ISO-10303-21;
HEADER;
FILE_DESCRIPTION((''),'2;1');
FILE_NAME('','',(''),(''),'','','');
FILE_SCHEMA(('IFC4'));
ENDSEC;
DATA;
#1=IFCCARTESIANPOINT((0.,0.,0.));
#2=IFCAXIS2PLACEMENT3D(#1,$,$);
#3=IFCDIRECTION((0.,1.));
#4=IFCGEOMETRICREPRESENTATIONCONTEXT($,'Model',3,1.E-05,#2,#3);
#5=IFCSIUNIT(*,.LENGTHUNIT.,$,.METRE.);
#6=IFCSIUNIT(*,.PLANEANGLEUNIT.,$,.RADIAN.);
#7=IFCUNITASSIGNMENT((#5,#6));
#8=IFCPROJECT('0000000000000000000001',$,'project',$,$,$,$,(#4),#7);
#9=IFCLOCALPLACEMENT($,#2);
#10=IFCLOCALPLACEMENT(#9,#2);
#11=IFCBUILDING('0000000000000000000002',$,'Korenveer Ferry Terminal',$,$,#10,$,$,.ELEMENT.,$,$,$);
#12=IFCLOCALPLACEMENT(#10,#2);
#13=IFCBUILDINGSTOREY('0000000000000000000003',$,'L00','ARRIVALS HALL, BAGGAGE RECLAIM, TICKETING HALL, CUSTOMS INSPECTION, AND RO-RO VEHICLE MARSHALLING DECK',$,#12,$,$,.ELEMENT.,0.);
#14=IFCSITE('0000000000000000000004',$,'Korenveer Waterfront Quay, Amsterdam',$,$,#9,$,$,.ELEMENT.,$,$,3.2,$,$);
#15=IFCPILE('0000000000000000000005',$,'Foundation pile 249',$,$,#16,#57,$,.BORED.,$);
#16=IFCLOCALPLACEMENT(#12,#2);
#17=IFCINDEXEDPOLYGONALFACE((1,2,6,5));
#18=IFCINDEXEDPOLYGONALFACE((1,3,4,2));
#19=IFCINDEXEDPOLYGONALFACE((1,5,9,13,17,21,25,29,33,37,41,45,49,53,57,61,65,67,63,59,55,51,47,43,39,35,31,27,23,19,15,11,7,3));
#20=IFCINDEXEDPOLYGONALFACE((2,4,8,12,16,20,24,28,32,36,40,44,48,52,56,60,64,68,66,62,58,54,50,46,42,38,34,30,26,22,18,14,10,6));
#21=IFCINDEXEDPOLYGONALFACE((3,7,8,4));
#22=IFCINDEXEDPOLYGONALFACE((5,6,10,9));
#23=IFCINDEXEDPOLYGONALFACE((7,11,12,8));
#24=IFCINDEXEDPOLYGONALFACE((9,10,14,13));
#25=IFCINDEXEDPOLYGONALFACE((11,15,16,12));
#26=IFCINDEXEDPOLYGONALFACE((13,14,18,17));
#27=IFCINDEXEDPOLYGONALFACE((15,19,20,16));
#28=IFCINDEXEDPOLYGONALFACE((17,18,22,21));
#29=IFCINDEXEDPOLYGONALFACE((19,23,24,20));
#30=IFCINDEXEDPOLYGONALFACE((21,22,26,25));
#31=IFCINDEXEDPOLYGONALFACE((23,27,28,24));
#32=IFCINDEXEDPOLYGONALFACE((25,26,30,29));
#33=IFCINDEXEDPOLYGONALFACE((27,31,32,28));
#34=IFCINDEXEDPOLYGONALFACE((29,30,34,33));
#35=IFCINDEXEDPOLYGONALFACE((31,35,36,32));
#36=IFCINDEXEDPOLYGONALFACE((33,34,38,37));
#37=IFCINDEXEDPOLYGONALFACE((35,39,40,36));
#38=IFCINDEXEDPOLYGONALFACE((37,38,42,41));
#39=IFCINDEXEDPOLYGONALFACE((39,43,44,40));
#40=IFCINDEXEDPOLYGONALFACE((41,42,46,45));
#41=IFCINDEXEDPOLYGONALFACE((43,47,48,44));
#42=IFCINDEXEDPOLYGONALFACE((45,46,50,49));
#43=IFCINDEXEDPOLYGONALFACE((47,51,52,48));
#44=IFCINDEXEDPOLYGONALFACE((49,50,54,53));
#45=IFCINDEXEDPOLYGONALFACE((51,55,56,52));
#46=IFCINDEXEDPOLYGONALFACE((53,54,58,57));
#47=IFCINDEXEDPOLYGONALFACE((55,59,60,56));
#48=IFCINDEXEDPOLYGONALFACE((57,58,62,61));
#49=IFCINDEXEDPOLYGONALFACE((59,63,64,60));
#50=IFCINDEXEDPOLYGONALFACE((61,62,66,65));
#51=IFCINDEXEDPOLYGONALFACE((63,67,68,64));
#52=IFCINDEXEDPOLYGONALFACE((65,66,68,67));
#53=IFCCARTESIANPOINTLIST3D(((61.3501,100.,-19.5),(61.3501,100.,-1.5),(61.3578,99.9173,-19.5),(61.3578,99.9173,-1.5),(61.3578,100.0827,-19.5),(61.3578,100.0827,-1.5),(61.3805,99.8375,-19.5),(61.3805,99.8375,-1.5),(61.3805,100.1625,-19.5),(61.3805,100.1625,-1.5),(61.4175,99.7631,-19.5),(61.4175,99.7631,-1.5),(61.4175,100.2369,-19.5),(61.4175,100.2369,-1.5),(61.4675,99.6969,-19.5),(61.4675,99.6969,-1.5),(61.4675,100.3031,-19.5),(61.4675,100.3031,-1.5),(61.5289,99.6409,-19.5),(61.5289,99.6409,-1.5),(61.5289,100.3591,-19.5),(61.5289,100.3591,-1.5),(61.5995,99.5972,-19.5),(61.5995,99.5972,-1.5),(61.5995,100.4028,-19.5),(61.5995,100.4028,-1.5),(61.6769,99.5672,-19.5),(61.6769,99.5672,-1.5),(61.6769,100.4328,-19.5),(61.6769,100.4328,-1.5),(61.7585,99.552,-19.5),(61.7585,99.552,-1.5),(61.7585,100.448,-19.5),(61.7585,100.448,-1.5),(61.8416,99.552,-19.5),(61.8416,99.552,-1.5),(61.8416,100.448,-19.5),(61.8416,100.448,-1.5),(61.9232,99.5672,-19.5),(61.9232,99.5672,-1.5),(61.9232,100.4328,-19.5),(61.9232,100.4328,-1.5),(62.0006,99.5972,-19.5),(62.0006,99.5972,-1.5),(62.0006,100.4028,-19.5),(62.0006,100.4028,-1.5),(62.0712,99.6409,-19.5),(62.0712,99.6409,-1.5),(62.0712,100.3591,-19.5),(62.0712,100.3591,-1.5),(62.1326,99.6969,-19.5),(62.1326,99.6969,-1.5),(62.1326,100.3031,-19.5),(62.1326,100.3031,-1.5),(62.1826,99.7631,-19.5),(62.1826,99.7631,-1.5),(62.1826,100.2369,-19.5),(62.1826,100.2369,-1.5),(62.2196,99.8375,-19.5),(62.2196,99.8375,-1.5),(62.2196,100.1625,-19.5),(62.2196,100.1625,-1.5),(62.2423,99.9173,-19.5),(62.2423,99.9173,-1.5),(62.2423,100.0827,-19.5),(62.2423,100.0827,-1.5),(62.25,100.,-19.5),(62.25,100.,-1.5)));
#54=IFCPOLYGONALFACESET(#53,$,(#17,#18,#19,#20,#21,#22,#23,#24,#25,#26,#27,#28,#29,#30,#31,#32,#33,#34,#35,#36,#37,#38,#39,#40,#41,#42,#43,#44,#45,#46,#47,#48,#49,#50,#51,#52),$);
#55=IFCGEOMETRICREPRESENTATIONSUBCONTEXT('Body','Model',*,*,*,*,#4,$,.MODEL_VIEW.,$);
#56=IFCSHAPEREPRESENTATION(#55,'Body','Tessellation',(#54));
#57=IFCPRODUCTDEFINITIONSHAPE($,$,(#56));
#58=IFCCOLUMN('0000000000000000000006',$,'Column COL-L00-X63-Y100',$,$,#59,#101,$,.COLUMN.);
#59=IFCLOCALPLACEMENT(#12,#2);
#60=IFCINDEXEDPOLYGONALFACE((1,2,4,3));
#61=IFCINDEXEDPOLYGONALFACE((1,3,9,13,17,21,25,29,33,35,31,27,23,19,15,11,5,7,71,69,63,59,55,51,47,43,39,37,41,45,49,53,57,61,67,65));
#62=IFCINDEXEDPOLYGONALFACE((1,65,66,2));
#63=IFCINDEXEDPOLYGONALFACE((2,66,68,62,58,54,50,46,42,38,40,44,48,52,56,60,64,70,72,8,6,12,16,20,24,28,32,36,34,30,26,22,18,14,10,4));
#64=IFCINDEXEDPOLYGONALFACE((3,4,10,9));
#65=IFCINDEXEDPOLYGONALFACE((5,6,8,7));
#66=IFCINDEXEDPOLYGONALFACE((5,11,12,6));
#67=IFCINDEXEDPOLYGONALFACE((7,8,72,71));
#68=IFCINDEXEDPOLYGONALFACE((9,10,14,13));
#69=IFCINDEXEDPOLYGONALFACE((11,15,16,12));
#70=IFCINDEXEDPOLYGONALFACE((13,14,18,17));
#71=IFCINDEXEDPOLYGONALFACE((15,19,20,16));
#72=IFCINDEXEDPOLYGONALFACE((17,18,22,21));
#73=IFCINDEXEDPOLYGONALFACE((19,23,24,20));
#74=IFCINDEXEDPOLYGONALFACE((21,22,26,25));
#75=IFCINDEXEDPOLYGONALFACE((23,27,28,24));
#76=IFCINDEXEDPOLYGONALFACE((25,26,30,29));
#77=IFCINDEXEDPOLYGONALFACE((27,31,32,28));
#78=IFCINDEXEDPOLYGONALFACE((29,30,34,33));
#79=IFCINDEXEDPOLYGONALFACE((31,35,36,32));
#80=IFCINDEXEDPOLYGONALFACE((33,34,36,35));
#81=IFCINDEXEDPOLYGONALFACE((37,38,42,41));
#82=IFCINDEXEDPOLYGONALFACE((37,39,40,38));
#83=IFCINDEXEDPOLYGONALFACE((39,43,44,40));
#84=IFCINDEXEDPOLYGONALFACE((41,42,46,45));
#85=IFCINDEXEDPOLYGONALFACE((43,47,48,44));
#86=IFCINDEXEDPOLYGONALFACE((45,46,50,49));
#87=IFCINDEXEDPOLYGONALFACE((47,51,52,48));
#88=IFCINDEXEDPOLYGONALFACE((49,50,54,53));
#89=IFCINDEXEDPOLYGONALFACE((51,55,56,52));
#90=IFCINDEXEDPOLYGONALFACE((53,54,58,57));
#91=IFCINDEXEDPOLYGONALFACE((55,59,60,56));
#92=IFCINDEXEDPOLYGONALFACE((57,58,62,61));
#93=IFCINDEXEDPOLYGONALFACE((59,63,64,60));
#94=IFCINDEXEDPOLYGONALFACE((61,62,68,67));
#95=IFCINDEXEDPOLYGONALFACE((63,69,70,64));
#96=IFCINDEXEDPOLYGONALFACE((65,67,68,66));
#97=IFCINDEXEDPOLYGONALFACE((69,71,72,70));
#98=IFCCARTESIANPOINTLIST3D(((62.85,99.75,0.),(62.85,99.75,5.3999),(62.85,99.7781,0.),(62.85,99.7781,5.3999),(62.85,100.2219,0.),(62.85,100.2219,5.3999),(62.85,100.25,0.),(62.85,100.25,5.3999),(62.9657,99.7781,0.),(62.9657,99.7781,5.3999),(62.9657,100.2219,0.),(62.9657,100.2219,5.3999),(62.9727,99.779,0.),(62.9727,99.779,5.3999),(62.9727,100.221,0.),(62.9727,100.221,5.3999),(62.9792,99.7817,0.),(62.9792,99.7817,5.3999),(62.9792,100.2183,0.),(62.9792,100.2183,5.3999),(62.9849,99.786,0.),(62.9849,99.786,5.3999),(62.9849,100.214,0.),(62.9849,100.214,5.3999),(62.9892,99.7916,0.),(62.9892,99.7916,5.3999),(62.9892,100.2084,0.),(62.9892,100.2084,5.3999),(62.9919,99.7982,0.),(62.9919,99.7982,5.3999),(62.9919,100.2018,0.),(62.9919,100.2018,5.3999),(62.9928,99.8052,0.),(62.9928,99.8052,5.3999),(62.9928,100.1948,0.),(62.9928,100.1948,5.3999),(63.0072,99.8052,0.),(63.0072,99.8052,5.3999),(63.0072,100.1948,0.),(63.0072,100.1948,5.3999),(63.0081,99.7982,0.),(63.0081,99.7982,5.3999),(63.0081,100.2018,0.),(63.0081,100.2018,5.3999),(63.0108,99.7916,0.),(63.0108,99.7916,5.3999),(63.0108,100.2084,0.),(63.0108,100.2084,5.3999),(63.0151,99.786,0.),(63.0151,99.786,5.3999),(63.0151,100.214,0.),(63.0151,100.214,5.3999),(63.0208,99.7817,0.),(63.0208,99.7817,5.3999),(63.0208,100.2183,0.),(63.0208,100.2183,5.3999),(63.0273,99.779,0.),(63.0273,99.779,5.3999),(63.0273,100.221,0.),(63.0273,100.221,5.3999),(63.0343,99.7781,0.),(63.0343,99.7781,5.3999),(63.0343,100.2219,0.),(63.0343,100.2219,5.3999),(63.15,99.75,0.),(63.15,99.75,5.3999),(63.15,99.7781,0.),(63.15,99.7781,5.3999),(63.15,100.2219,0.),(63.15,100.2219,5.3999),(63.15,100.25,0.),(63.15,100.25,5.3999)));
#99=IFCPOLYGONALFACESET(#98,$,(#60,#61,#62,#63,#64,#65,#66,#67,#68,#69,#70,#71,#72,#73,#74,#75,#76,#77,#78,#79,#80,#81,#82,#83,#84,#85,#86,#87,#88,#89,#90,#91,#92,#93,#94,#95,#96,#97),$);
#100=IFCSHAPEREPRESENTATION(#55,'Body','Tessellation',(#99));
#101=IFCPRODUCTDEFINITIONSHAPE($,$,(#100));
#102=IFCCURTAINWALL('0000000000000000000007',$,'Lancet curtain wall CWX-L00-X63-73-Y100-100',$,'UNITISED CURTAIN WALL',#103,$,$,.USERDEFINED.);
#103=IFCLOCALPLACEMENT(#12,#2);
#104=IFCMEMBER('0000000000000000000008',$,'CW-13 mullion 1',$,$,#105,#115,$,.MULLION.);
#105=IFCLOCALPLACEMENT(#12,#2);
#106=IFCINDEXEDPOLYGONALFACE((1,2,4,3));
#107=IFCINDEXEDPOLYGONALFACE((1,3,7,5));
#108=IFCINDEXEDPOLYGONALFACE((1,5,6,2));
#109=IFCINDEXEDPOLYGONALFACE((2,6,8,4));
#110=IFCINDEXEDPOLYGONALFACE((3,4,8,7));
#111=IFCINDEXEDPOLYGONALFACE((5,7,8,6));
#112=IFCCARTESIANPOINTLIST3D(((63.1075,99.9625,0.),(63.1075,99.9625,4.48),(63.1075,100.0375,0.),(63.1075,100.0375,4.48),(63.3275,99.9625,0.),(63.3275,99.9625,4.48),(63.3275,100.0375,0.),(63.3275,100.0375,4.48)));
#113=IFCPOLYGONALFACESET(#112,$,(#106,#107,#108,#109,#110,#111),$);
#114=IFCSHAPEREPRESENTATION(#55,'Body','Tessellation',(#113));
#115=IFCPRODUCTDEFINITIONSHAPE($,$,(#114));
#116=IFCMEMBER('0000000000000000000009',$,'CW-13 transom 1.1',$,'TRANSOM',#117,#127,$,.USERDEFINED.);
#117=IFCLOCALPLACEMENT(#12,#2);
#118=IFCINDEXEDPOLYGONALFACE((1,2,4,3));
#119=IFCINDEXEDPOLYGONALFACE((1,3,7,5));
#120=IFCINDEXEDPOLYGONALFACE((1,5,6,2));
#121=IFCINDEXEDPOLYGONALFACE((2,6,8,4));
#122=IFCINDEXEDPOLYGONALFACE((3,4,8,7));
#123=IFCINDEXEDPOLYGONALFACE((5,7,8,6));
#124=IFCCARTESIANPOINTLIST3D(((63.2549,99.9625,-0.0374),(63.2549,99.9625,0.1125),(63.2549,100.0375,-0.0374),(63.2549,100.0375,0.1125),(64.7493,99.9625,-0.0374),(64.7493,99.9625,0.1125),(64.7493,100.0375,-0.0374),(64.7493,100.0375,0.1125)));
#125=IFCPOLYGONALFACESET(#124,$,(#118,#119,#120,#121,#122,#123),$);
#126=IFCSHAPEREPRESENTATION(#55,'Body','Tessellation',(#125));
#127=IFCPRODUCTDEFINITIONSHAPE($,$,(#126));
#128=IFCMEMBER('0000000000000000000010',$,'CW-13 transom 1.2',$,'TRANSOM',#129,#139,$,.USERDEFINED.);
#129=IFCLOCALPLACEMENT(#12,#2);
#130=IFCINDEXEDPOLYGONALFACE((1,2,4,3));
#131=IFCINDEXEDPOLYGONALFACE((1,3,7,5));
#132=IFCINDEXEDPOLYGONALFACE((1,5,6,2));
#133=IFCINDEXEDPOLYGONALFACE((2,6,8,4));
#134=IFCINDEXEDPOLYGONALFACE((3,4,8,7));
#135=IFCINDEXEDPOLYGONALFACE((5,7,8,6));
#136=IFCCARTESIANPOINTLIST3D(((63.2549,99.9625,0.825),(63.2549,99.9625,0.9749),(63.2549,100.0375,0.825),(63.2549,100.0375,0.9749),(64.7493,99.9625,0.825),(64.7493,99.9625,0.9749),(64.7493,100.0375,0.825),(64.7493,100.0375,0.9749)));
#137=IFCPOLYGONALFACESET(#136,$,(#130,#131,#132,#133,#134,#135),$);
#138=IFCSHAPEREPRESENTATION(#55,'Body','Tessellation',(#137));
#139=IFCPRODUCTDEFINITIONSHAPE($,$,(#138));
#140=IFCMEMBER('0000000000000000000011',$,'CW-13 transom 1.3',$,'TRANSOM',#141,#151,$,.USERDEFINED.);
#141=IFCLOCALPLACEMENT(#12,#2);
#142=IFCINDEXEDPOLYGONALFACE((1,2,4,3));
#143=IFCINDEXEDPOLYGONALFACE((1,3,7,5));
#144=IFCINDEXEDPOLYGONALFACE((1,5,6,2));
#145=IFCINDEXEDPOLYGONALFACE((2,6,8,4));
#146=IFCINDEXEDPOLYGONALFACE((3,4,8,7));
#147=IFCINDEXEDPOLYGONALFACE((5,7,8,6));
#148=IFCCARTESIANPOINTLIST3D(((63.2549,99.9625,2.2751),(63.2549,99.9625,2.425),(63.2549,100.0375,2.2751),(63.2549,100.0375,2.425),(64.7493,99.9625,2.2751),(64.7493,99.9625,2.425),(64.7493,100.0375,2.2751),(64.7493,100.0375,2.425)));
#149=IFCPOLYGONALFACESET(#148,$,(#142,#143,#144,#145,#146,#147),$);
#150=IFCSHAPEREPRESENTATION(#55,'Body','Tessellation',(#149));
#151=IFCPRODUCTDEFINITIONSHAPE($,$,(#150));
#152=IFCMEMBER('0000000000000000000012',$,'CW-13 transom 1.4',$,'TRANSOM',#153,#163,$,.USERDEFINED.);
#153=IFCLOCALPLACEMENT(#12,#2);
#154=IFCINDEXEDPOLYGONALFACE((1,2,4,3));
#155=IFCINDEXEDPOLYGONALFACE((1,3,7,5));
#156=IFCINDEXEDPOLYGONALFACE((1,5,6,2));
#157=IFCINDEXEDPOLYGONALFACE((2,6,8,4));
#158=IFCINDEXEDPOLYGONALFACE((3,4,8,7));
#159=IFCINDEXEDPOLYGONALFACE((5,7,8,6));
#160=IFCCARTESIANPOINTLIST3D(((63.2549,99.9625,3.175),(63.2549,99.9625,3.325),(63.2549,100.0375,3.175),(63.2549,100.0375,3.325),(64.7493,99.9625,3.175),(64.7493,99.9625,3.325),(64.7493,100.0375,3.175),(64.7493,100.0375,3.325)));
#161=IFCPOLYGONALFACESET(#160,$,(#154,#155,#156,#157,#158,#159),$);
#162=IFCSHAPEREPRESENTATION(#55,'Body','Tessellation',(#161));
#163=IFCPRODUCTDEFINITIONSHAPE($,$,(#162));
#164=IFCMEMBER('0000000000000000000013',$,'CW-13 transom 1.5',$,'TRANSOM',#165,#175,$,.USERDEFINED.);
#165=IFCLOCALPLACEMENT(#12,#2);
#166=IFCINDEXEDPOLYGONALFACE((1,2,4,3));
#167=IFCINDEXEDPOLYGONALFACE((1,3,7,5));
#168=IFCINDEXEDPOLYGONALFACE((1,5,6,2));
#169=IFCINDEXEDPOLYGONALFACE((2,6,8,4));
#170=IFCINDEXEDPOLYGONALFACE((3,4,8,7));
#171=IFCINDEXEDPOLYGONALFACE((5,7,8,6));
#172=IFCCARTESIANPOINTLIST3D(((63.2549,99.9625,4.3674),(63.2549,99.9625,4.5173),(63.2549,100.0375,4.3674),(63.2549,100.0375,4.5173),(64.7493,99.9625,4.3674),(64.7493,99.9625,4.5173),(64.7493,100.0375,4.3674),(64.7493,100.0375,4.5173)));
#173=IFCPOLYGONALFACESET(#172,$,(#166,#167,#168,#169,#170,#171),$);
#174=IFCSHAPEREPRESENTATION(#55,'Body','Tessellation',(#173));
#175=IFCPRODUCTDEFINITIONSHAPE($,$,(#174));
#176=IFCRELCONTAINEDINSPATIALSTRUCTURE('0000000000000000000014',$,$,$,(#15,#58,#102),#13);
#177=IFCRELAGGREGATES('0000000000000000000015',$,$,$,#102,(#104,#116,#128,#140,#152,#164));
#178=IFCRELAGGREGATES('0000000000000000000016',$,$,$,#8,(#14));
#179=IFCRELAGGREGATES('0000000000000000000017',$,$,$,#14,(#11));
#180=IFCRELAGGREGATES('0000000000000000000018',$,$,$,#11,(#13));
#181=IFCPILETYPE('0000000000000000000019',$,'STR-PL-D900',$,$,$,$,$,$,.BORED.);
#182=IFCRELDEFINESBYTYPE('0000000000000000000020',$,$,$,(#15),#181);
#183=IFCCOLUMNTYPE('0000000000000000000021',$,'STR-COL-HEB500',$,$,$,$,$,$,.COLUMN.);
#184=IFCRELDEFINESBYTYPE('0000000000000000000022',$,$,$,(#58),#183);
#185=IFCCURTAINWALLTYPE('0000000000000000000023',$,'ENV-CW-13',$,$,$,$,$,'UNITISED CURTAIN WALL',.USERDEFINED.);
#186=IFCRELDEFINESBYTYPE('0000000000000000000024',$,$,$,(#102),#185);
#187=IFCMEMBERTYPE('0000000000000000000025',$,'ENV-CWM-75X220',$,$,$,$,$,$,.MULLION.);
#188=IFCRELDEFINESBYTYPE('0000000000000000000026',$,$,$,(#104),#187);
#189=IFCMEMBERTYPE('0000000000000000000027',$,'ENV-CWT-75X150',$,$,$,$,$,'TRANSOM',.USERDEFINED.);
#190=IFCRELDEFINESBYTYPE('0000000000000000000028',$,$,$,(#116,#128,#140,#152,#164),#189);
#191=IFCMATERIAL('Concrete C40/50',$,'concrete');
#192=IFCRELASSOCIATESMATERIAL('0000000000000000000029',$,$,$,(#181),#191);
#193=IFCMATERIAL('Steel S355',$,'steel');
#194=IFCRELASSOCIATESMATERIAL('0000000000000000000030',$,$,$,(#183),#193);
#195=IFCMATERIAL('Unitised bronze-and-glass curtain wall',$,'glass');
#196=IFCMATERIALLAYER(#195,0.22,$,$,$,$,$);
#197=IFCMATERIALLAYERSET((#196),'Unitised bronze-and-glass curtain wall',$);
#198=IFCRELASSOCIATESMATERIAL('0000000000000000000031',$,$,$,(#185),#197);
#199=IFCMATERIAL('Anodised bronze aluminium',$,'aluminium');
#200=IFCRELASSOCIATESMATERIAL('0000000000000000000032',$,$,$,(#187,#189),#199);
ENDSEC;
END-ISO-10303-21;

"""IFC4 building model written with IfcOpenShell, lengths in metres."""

from ifc_helpers import new_model, si_unit, direction, frame, origin, origin_2d, place, context, subcontext, project, spatial, rectangle, circle, i_section, extrude, material, layer, layer_set, material_profile, profile_set, type_object, element, aggregate, save


model = new_model("IFC4")

# Units and contexts
model_context = context("Model", 3, precision=1e-05, world=origin(), true_north=direction((0.0, 1.0)))
body_context = subcontext(model_context, "Body", "Model", "MODEL_VIEW")
ifc_project = project(units=[si_unit("LENGTHUNIT", "METRE"), si_unit("PLANEANGLEUNIT", "RADIAN")], contexts=[model_context])

# Site, building, storey
site_placement = place(None, origin())
site = spatial("IfcSite", under=ifc_project, at=site_placement, Name="Korenveer Waterfront Quay, Amsterdam", CompositionType="ELEMENT", RefElevation=3.2)
building_placement = place(site_placement, origin())
building = spatial("IfcBuilding", under=site, at=building_placement, Name="Korenveer Ferry Terminal", CompositionType="ELEMENT")
storey_placement = place(building_placement, origin())
storey = spatial("IfcBuildingStorey", under=building, at=storey_placement, Name="L00", Description="ARRIVALS HALL, BAGGAGE RECLAIM, TICKETING HALL, CUSTOMS INSPECTION, AND RO-RO VEHICLE MARSHALLING DECK", CompositionType="ELEMENT", Elevation=0.0)

# Shared definitions
ifc_material_1 = material(Name="Concrete C40/50", Category="concrete")

# Pile
ifc_material_profile_1 = material_profile(ifc_material_1, circle(Radius=0.45, at=origin_2d()), Name="PILE D900")
ifc_profile_set_1 = profile_set([ifc_material_profile_1], Name="Concrete C40/50")
pile_type_1 = type_object("IfcPileType", Name="STR-PL-D900", PredefinedType="BORED", material=ifc_profile_set_1)
for number, where, z_axis, x_axis, name in (
    (1, (61.8, 100.0, -1.5), (0.0, 0.0, -1.0), (1.0, 0.0, 0.0), "Foundation pile 249"),
):
    element("IfcPile", number, at=place(storey_placement, frame(where, z_axis=z_axis, x_axis=x_axis)), inside=storey, type_object=pile_type_1, Name=name, PredefinedType="BORED", context=body_context, shape_type="SweptSolid", body=[
        extrude(circle(Radius=0.45, at=origin_2d()), origin(), (0.0, 0.0, 1.0), 18.0),
    ])

# Column
ifc_material_2 = material(Name="Steel S355", Category="steel")
ifc_material_profile_2 = material_profile(ifc_material_2, i_section(OverallWidth=0.3, OverallDepth=0.5, WebThickness=0.0144, FlangeThickness=0.0281, FilletRadius=0.0271, at=origin_2d()), Name="HEB 500")
ifc_profile_set_2 = profile_set([ifc_material_profile_2], Name="Steel S355")
column_type = type_object("IfcColumnType", Name="STR-COL-HEB500", PredefinedType="COLUMN", material=ifc_profile_set_2)
column_placement = place(storey_placement, frame((63.0, 100.0, 0.0), z_axis=(0.0, 0.0, 1.0), x_axis=(1.0, 0.0, 0.0)))
element("IfcColumn", 2, at=column_placement, inside=storey, type_object=column_type, Name="Column COL-L00-X63-Y100", PredefinedType="COLUMN", context=body_context, shape_type="SweptSolid", body=[
    extrude(i_section(OverallWidth=0.3, OverallDepth=0.5, WebThickness=0.0144, FlangeThickness=0.0281, FilletRadius=0.0271, at=origin_2d()), origin(), (0.0, 0.0, 1.0), 5.3999),
])

# Curtain wall, members
ifc_material_3 = material(Name="Unitised bronze-and-glass curtain wall", Category="glass")
ifc_layer_1 = layer(ifc_material_3, 0.22)
ifc_layer_set_1 = layer_set([ifc_layer_1], Name="Unitised bronze-and-glass curtain wall")
curtain_wall_type = type_object("IfcCurtainWallType", Name="ENV-CW-13", ElementType="UNITISED CURTAIN WALL", PredefinedType="USERDEFINED", material=ifc_layer_set_1)
curtain_wall_placement = place(storey_placement, frame((63.1799, 100.0, 0.0)))
curtain_wall = element("IfcCurtainWall", 3, at=curtain_wall_placement, inside=storey, type_object=curtain_wall_type, Name="Lancet curtain wall CWX-L00-X63-73-Y100-100", ObjectType="UNITISED CURTAIN WALL", PredefinedType="USERDEFINED")
ifc_material_4 = material(Name="Anodised bronze aluminium", Category="aluminium")
ifc_material_profile_3 = material_profile(ifc_material_4, rectangle(XDim=0.075, YDim=0.22, at=origin_2d()), Name="ALU 75x220")
ifc_profile_set_3 = profile_set([ifc_material_profile_3], Name="Anodised bronze aluminium")
member_type_1 = type_object("IfcMemberType", Name="ENV-CWM-75X220", PredefinedType="MULLION", material=ifc_profile_set_3)
member_1_placement = place(storey_placement, frame((63.2175, 100.0, 0.0), z_axis=(0.0, 0.0, 1.0), x_axis=(0.0, 1.0, 0.0)))
member_1 = element("IfcMember", 4, at=member_1_placement, type_object=member_type_1, Name="CW-13 mullion 1", PredefinedType="MULLION", context=body_context, shape_type="SweptSolid", body=[
    extrude(rectangle(XDim=0.075, YDim=0.22, at=origin_2d()), origin(), (0.0, 0.0, 1.0), 4.48),
])
ifc_material_profile_4 = material_profile(ifc_material_4, rectangle(XDim=0.075, YDim=0.1499, at=origin_2d()), Name="ALU 75x150")
ifc_profile_set_4 = profile_set([ifc_material_profile_4], Name="Anodised bronze aluminium")
member_type_2 = type_object("IfcMemberType", Name="ENV-CWT-75X150", ElementType="TRANSOM", PredefinedType="USERDEFINED", material=ifc_profile_set_4)
member_2_placement = place(storey_placement, frame((63.2549, 100.0, 0.0376), z_axis=(1.0, 0.0, 0.0), x_axis=(0.0, 1.0, 0.0)))
member_2 = element("IfcMember", 5, at=member_2_placement, type_object=member_type_2, Name="CW-13 transom 1.1", ObjectType="TRANSOM", PredefinedType="USERDEFINED", context=body_context, shape_type="SweptSolid", body=[
    extrude(rectangle(XDim=0.075, YDim=0.1499, at=origin_2d()), origin(), (0.0, 0.0, 1.0), 1.4944),
])
member_3_placement = place(storey_placement, frame((63.2549, 100.0, 0.8999), z_axis=(1.0, 0.0, 0.0), x_axis=(0.0, 1.0, 0.0)))
member_3 = element("IfcMember", 6, at=member_3_placement, type_object=member_type_2, Name="CW-13 transom 1.2", ObjectType="TRANSOM", PredefinedType="USERDEFINED", context=body_context, shape_type="SweptSolid", body=[
    extrude(rectangle(XDim=0.075, YDim=0.1499, at=origin_2d()), origin(), (0.0, 0.0, 1.0), 1.4944),
])
member_4_placement = place(storey_placement, frame((63.2549, 100.0, 2.3501), z_axis=(1.0, 0.0, 0.0), x_axis=(0.0, 1.0, 0.0)))
member_4 = element("IfcMember", 7, at=member_4_placement, type_object=member_type_2, Name="CW-13 transom 1.3", ObjectType="TRANSOM", PredefinedType="USERDEFINED", context=body_context, shape_type="SweptSolid", body=[
    extrude(rectangle(XDim=0.075, YDim=0.1499, at=origin_2d()), origin(), (0.0, 0.0, 1.0), 1.4944),
])
member_5_placement = place(storey_placement, frame((63.2549, 100.0, 3.25), z_axis=(1.0, 0.0, 0.0), x_axis=(0.0, 1.0, 0.0)))
member_5 = element("IfcMember", 8, at=member_5_placement, type_object=member_type_2, Name="CW-13 transom 1.4", ObjectType="TRANSOM", PredefinedType="USERDEFINED", context=body_context, shape_type="SweptSolid", body=[
    extrude(rectangle(XDim=0.075, YDim=0.1499, at=origin_2d()), origin(), (0.0, 0.0, 1.0), 1.4944),
])
member_6_placement = place(storey_placement, frame((63.2549, 100.0, 4.4424), z_axis=(1.0, 0.0, 0.0), x_axis=(0.0, 1.0, 0.0)))
member_6 = element("IfcMember", 9, at=member_6_placement, type_object=member_type_2, Name="CW-13 transom 1.5", ObjectType="TRANSOM", PredefinedType="USERDEFINED", context=body_context, shape_type="SweptSolid", body=[
    extrude(rectangle(XDim=0.075, YDim=0.1499, at=origin_2d()), origin(), (0.0, 0.0, 1.0), 1.4944),
])

aggregate(curtain_wall, [member_1, member_2, member_3, member_4, member_5, member_6])

save(model, "model.ifc")
